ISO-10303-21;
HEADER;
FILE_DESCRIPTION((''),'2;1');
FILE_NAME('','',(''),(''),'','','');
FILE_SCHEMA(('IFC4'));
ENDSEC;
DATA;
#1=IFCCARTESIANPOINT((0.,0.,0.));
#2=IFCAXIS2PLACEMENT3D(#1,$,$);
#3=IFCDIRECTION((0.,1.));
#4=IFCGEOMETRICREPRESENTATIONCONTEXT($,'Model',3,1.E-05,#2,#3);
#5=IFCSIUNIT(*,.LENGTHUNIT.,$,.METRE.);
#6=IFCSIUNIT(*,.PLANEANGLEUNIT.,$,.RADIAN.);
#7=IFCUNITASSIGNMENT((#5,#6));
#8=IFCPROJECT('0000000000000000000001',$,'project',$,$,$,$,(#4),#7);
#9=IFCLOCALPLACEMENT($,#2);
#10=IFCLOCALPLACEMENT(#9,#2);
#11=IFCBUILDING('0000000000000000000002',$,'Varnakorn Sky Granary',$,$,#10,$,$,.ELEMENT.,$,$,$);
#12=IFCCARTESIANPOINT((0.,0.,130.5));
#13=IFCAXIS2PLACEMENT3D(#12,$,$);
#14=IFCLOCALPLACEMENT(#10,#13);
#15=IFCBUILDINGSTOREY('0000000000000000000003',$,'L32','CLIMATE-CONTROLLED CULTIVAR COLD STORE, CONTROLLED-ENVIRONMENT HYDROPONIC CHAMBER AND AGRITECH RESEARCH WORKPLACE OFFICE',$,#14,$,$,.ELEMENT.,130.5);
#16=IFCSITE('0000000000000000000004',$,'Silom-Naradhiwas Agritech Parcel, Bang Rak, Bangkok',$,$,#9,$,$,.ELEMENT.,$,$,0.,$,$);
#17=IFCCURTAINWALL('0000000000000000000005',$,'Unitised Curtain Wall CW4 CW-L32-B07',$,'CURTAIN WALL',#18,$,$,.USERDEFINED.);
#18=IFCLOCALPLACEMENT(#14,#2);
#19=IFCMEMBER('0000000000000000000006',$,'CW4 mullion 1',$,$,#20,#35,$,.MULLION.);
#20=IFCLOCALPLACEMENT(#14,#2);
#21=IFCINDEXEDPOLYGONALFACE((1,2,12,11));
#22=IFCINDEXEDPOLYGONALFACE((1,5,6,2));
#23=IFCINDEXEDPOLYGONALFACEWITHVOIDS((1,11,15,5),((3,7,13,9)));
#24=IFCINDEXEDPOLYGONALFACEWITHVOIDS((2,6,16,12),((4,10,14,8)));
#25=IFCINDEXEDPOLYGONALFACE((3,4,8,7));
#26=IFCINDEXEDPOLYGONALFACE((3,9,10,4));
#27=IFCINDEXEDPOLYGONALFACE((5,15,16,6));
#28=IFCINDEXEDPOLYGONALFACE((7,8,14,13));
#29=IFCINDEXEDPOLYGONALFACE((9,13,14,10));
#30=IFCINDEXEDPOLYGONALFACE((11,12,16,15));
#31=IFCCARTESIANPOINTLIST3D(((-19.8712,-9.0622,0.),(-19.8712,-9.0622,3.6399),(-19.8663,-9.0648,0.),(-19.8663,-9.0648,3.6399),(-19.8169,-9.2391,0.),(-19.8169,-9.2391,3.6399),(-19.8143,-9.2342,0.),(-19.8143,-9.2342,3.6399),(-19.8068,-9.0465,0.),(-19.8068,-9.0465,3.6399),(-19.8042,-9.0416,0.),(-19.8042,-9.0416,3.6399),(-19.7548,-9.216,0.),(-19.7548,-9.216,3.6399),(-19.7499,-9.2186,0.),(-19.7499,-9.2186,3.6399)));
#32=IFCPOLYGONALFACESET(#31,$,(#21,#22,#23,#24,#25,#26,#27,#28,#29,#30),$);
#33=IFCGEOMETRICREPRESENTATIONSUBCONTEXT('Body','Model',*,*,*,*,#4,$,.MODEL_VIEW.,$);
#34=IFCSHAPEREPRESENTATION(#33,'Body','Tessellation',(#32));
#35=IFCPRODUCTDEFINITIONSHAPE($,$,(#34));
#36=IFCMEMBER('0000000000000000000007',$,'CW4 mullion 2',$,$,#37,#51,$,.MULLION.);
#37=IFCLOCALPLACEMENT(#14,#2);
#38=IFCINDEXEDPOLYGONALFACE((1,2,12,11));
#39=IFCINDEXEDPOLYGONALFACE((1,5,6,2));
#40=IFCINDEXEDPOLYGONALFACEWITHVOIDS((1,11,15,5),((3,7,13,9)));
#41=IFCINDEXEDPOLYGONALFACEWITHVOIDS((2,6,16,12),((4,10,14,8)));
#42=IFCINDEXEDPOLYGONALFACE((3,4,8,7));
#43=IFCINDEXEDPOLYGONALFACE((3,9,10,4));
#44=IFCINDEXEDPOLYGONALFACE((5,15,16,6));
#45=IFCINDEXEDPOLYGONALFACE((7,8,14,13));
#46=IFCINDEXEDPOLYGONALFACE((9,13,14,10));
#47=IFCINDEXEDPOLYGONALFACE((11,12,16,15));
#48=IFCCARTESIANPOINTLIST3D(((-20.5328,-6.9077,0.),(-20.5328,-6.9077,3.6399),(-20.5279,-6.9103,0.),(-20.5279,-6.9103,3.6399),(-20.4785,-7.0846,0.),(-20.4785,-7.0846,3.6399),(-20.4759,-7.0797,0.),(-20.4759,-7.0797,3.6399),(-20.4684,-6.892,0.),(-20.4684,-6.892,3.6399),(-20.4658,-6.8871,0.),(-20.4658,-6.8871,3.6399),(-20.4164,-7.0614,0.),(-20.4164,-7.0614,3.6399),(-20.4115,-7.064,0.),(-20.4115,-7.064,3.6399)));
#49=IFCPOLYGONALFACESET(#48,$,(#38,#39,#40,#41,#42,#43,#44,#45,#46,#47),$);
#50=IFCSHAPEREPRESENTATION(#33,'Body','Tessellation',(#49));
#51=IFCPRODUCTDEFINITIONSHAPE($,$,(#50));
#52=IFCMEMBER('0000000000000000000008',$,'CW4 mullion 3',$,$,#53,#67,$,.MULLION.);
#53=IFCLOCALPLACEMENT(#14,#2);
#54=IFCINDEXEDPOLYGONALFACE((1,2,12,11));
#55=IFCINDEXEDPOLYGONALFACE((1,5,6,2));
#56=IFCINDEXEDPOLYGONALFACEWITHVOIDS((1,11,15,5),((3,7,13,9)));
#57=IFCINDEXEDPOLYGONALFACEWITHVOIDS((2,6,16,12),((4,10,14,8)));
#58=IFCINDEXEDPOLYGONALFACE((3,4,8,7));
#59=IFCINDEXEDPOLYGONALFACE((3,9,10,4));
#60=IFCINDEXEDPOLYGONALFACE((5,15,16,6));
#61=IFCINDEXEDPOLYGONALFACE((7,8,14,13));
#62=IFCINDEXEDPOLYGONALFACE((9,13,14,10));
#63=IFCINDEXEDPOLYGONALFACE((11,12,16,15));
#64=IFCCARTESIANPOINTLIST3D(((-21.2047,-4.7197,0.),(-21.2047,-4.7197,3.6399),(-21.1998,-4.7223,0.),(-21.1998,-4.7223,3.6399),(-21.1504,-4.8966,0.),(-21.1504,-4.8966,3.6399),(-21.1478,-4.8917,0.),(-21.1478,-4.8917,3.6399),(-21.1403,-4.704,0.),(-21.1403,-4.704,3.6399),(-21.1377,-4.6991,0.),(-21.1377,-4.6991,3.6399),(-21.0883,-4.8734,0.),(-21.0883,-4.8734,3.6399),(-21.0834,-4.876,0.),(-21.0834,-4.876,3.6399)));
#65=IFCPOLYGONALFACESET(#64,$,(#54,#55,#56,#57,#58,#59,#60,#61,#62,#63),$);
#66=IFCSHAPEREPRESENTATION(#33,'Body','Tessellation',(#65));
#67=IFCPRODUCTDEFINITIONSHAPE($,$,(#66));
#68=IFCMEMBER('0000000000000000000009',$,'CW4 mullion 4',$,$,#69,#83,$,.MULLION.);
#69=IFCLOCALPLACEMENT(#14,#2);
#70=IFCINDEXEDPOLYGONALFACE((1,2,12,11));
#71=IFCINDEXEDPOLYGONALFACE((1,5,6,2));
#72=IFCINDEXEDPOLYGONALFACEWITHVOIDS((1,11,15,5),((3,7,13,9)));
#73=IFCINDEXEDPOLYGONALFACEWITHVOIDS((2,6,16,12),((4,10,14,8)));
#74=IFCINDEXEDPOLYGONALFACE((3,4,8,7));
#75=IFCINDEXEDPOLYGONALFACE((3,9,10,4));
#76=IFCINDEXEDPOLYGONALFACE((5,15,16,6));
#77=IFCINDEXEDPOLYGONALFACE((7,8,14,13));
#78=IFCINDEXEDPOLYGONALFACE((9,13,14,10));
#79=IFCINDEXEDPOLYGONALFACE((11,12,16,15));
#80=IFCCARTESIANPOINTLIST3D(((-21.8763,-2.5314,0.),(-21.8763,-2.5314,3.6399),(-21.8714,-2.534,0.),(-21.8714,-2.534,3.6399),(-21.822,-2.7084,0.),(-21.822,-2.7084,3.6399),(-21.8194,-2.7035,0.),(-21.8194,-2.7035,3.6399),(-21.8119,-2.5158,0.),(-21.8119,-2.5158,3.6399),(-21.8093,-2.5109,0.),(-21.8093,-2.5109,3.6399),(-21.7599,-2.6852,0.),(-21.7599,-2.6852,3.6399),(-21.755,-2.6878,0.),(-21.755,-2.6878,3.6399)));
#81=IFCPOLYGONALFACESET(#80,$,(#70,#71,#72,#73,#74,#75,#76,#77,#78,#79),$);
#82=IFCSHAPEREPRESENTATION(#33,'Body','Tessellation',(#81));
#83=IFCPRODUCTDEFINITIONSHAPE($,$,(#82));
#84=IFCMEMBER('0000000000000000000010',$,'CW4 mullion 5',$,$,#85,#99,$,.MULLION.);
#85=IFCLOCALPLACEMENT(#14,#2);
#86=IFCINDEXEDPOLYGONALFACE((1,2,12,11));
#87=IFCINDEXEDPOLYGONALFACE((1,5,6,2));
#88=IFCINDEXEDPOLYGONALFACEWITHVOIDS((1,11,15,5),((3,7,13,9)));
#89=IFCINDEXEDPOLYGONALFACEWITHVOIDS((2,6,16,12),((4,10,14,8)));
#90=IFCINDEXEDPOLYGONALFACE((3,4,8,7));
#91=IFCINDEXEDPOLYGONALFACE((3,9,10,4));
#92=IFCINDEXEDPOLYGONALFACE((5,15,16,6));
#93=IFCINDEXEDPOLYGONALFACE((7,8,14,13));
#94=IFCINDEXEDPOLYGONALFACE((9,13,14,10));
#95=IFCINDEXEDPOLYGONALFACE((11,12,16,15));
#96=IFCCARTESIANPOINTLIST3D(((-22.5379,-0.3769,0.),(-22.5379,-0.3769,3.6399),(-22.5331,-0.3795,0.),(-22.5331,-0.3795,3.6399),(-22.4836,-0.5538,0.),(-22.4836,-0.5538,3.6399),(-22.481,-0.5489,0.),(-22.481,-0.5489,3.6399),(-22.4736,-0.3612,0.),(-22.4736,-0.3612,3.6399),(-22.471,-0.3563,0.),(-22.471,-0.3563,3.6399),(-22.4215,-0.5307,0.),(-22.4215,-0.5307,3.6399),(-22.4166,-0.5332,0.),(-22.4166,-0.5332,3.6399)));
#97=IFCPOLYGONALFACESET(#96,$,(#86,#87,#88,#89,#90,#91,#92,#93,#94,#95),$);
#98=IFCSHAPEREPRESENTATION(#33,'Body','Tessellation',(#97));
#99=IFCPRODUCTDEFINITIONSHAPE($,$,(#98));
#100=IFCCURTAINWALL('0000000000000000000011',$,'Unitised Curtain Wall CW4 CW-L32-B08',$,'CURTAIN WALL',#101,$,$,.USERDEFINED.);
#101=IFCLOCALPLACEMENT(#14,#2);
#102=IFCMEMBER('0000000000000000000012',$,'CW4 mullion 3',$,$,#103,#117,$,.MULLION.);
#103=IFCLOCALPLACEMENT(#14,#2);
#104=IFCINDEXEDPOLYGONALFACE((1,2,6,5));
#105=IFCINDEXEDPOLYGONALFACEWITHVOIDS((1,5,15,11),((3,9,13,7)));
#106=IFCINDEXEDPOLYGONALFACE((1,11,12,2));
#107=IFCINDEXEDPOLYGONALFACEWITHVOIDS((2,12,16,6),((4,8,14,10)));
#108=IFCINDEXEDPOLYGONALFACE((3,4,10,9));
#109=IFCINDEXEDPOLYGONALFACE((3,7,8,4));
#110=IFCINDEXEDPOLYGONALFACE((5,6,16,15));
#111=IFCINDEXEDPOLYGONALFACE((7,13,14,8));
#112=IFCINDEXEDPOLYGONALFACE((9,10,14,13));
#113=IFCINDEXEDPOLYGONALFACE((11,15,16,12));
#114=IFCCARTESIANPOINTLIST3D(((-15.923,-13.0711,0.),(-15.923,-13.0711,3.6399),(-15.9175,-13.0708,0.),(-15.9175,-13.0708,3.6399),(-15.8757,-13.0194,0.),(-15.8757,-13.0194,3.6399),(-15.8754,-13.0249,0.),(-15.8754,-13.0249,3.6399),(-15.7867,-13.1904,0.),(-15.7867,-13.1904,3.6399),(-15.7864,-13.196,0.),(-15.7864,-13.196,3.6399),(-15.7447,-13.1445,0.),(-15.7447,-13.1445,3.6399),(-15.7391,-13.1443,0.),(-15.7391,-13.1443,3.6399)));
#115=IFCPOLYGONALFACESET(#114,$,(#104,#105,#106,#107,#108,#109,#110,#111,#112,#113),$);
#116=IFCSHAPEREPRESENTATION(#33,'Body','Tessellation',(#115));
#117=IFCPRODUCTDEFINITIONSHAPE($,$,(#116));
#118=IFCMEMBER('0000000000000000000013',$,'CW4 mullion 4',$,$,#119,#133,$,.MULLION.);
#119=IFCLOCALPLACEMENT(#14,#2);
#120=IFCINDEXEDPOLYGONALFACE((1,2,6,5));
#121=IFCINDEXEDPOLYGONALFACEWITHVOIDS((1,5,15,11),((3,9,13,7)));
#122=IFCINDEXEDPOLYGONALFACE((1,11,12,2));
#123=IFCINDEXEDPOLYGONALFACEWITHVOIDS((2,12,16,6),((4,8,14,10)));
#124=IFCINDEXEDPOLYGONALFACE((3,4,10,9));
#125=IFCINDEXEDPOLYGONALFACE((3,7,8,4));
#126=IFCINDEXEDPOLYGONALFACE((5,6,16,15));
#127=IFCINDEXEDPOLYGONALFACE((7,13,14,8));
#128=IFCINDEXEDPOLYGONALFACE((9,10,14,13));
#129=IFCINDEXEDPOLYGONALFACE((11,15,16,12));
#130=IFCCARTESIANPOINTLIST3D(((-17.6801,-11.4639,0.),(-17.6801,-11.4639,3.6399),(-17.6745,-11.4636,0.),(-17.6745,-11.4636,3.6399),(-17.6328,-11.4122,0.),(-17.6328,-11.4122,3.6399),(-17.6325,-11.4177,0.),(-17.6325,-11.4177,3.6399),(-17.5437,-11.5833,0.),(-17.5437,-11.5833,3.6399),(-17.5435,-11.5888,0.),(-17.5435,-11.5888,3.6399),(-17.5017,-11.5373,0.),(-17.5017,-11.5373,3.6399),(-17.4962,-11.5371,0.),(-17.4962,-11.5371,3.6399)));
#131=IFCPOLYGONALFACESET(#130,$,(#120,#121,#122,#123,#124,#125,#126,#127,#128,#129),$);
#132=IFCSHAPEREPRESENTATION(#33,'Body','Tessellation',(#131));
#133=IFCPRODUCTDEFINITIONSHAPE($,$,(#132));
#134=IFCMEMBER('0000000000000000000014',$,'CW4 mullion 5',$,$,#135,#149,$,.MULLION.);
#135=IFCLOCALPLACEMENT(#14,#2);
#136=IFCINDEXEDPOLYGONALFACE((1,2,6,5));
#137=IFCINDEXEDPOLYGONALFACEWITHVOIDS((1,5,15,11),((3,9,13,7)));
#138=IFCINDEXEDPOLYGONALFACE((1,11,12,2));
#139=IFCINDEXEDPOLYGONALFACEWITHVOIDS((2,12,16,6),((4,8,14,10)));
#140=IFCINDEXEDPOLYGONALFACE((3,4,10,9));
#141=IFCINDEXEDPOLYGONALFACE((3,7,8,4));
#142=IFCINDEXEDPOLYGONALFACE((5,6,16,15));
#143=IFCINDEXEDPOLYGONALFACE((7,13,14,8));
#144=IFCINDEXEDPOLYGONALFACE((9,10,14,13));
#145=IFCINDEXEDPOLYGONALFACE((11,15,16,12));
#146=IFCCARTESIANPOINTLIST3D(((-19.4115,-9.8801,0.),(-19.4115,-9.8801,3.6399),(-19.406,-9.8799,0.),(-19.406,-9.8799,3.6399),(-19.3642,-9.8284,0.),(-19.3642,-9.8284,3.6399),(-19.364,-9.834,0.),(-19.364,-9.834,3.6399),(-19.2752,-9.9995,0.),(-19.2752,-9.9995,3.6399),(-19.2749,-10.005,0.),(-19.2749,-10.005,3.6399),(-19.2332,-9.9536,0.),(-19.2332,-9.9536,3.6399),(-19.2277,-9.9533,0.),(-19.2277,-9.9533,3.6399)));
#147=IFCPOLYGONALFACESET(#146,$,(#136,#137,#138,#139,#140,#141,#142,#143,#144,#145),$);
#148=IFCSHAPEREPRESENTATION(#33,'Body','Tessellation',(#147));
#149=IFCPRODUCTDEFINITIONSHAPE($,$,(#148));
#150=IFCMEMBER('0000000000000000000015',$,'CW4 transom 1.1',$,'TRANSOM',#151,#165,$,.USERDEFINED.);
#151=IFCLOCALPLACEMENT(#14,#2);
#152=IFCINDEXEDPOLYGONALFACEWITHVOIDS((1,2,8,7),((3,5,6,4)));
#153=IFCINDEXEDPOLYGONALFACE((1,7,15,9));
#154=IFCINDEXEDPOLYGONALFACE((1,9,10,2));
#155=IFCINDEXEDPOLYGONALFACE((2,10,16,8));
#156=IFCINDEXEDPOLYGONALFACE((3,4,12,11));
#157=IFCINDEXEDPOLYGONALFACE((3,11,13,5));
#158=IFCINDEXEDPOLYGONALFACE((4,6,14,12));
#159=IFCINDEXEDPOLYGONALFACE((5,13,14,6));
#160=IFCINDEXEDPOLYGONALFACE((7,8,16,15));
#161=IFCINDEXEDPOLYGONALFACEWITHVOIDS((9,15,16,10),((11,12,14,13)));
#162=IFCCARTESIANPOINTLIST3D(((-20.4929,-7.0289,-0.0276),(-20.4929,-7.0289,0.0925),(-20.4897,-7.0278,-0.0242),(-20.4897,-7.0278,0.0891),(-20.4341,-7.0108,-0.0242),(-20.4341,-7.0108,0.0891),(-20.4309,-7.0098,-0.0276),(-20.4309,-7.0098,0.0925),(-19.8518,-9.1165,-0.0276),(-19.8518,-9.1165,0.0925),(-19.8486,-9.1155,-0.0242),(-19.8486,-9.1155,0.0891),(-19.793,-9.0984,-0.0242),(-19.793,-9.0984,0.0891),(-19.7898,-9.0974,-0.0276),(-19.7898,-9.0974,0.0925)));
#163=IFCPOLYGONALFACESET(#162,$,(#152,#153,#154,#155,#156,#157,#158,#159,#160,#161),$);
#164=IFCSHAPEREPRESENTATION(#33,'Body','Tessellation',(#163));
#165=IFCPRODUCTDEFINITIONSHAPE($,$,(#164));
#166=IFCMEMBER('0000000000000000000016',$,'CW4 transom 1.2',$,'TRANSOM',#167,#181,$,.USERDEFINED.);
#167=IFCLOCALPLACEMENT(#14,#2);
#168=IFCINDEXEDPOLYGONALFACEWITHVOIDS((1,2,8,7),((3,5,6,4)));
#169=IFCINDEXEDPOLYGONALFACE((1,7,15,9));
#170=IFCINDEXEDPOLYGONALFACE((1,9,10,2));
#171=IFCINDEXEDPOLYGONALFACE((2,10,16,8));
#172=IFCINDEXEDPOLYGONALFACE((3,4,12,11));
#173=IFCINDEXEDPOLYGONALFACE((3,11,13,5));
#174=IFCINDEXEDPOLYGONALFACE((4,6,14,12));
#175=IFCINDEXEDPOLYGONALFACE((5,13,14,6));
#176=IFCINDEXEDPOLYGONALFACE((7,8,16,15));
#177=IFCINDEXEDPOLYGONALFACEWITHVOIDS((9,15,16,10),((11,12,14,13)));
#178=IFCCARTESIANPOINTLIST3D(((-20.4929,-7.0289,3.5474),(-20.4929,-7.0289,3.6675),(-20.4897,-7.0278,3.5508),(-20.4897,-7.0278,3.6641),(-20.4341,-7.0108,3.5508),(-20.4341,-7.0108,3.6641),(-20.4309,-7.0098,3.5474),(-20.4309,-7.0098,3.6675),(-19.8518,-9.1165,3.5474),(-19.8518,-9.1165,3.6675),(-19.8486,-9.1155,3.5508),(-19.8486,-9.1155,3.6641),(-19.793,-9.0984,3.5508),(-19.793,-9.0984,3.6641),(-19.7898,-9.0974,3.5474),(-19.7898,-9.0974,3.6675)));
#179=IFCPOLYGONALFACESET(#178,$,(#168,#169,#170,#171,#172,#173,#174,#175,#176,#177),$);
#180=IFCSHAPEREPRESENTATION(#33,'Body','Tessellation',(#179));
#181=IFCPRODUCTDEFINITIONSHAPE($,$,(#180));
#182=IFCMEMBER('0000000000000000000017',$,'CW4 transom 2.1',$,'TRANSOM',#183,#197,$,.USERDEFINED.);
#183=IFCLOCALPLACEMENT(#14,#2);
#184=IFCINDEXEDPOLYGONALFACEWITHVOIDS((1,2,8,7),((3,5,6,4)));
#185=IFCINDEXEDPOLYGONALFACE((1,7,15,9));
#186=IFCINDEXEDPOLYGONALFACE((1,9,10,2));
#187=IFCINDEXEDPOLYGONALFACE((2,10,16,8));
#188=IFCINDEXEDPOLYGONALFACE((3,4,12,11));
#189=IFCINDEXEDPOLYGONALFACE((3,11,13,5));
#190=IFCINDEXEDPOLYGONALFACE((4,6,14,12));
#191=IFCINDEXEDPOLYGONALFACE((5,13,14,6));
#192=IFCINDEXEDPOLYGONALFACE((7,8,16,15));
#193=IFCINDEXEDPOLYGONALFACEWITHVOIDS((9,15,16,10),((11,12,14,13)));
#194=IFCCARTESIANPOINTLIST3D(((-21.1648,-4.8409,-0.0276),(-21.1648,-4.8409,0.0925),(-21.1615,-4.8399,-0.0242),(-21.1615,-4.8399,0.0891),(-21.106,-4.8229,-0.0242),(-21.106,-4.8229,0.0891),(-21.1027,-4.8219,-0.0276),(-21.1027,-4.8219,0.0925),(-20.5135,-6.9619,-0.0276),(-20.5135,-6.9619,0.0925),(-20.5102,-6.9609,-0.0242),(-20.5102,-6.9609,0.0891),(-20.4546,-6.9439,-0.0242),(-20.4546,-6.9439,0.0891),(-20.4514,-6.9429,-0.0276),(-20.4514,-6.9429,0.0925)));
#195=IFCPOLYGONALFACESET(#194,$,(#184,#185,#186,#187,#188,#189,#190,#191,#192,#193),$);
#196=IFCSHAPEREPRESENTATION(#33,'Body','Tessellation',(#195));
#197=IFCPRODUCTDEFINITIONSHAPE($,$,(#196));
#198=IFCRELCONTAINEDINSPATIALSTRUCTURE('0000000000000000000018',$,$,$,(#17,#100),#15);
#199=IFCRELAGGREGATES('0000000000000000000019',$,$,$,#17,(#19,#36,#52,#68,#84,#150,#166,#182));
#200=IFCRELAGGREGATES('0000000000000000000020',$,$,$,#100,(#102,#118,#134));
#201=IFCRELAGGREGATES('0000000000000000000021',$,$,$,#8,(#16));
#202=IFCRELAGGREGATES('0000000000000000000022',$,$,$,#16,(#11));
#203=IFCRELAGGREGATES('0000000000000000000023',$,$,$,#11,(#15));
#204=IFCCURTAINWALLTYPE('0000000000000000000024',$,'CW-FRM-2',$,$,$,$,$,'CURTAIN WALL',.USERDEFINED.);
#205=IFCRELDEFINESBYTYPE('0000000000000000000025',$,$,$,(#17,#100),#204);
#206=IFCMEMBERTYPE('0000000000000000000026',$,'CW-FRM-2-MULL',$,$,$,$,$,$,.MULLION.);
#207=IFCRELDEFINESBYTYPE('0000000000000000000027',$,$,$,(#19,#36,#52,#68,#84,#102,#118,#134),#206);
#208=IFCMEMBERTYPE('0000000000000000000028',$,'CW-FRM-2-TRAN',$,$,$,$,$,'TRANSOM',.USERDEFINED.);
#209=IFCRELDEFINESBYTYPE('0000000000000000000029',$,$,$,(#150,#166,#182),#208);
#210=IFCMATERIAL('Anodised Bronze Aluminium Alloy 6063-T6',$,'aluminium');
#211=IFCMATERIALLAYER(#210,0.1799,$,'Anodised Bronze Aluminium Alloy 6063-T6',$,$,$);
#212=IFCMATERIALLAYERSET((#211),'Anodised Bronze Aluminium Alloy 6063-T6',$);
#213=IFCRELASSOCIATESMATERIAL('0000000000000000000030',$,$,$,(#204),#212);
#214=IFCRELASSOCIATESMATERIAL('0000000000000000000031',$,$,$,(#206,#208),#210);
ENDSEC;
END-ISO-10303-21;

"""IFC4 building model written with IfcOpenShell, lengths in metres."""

from ifc_helpers import new_model, si_unit, direction, frame, origin, origin_2d, place, context, subcontext, project, spatial, hollow_rectangle, extrude, material, layer, layer_set, material_profile, profile_set, type_object, element, aggregate, save


model = new_model("IFC4")

# Units and contexts
model_context = context("Model", 3, precision=1e-05, world=origin(), true_north=direction((0.0, 1.0)))
body_context = subcontext(model_context, "Body", "Model", "MODEL_VIEW")
ifc_project = project(units=[si_unit("LENGTHUNIT", "METRE"), si_unit("PLANEANGLEUNIT", "RADIAN")], contexts=[model_context])

# Site, building, storey
site_placement = place(None, origin())
site = spatial("IfcSite", under=ifc_project, at=site_placement, Name="Silom-Naradhiwas Agritech Parcel, Bang Rak, Bangkok", CompositionType="ELEMENT", RefElevation=0.0)
building_placement = place(site_placement, origin())
building = spatial("IfcBuilding", under=site, at=building_placement, Name="Varnakorn Sky Granary", CompositionType="ELEMENT")
storey_placement = place(building_placement, frame((0.0, 0.0, 130.5)))
storey = spatial("IfcBuildingStorey", under=building, at=storey_placement, Name="L32", Description="CLIMATE-CONTROLLED CULTIVAR COLD STORE, CONTROLLED-ENVIRONMENT HYDROPONIC CHAMBER AND AGRITECH RESEARCH WORKPLACE OFFICE", CompositionType="ELEMENT", Elevation=130.5)

# Curtain walls, members
ifc_material_1 = material(Name="Anodised Bronze Aluminium Alloy 6063-T6", Category="aluminium")
ifc_layer_1 = layer(ifc_material_1, 0.1799, Name="Anodised Bronze Aluminium Alloy 6063-T6")
ifc_layer_set_1 = layer_set([ifc_layer_1], Name="Anodised Bronze Aluminium Alloy 6063-T6")
curtain_wall_type = type_object("IfcCurtainWallType", Name="CW-FRM-2", ElementType="CURTAIN WALL", PredefinedType="USERDEFINED", material=ifc_layer_set_1)
curtain_wall_1_placement = place(storey_placement, origin())
curtain_wall_1 = element("IfcCurtainWall", 1, at=curtain_wall_1_placement, inside=storey, type_object=curtain_wall_type, Name="Unitised Curtain Wall CW4 CW-L32-B07", ObjectType="CURTAIN WALL", PredefinedType="USERDEFINED")
ifc_material_profile_1 = material_profile(ifc_material_1, hollow_rectangle(XDim=0.0701, YDim=0.1851, WallThickness=0.0039, at=origin_2d()), Name="ALU MULL 70x185")
ifc_profile_set_1 = profile_set([ifc_material_profile_1], Name="Anodised Bronze Aluminium Alloy 6063-T6")
member_type_1 = type_object("IfcMemberType", Name="CW-FRM-2-MULL", PredefinedType="MULLION", material=ifc_profile_set_1)
member_1_placement = place(storey_placement, frame((-19.8105, -9.1404, 0.0), z_axis=(0.0, 0.0, 1.0), x_axis=(-0.955954, -0.293516, 0.0)))
member_1 = element("IfcMember", 2, at=member_1_placement, type_object=member_type_1, Name="CW4 mullion 1", PredefinedType="MULLION", context=body_context, shape_type="SweptSolid", body=[
    extrude(hollow_rectangle(XDim=0.0701, YDim=0.1851, WallThickness=0.0039, at=origin_2d()), origin(), (0.0, 0.0, 1.0), 3.6399),
])
member_2_placement = place(storey_placement, frame((-20.4722, -6.9858, 0.0), z_axis=(0.0, 0.0, 1.0), x_axis=(-0.955954, -0.293516, 0.0)))
member_2 = element("IfcMember", 3, at=member_2_placement, type_object=member_type_1, Name="CW4 mullion 2", PredefinedType="MULLION", context=body_context, shape_type="SweptSolid", body=[
    extrude(hollow_rectangle(XDim=0.0701, YDim=0.1851, WallThickness=0.0039, at=origin_2d()), origin(), (0.0, 0.0, 1.0), 3.6399),
])
member_3_placement = place(storey_placement, frame((-21.144, -4.7979, 0.0), z_axis=(0.0, 0.0, 1.0), x_axis=(-0.955954, -0.293516, 0.0)))
member_3 = element("IfcMember", 4, at=member_3_placement, type_object=member_type_1, Name="CW4 mullion 3", PredefinedType="MULLION", context=body_context, shape_type="SweptSolid", body=[
    extrude(hollow_rectangle(XDim=0.0701, YDim=0.1851, WallThickness=0.0039, at=origin_2d()), origin(), (0.0, 0.0, 1.0), 3.6399),
])
member_4_placement = place(storey_placement, frame((-21.8157, -2.6096, 0.0), z_axis=(0.0, 0.0, 1.0), x_axis=(-0.955954, -0.293516, 0.0)))
member_4 = element("IfcMember", 5, at=member_4_placement, type_object=member_type_1, Name="CW4 mullion 4", PredefinedType="MULLION", context=body_context, shape_type="SweptSolid", body=[
    extrude(hollow_rectangle(XDim=0.0701, YDim=0.1851, WallThickness=0.0039, at=origin_2d()), origin(), (0.0, 0.0, 1.0), 3.6399),
])
member_5_placement = place(storey_placement, frame((-22.4773, -0.4551, 0.0), z_axis=(0.0, 0.0, 1.0), x_axis=(-0.955954, -0.293516, 0.0)))
member_5 = element("IfcMember", 6, at=member_5_placement, type_object=member_type_1, Name="CW4 mullion 5", PredefinedType="MULLION", context=body_context, shape_type="SweptSolid", body=[
    extrude(hollow_rectangle(XDim=0.0701, YDim=0.1851, WallThickness=0.0039, at=origin_2d()), origin(), (0.0, 0.0, 1.0), 3.6399),
])
curtain_wall_2_placement = place(storey_placement, origin())
curtain_wall_2 = element("IfcCurtainWall", 7, at=curtain_wall_2_placement, inside=storey, type_object=curtain_wall_type, Name="Unitised Curtain Wall CW4 CW-L32-B08", ObjectType="CURTAIN WALL", PredefinedType="USERDEFINED")
member_6_placement = place(storey_placement, frame((-15.8311, -13.1077, 0.0), z_axis=(0.0, 0.0, 1.0), x_axis=(-0.674918, -0.737893, 0.0)))
member_6 = element("IfcMember", 8, at=member_6_placement, type_object=member_type_1, Name="CW4 mullion 3", PredefinedType="MULLION", context=body_context, shape_type="SweptSolid", body=[
    extrude(hollow_rectangle(XDim=0.0701, YDim=0.1851, WallThickness=0.0039, at=origin_2d()), origin(), (0.0, 0.0, 1.0), 3.6399),
])
member_7_placement = place(storey_placement, frame((-17.5881, -11.5005, 0.0), z_axis=(0.0, 0.0, 1.0), x_axis=(-0.674918, -0.737893, 0.0)))
member_7 = element("IfcMember", 9, at=member_7_placement, type_object=member_type_1, Name="CW4 mullion 4", PredefinedType="MULLION", context=body_context, shape_type="SweptSolid", body=[
    extrude(hollow_rectangle(XDim=0.0701, YDim=0.1851, WallThickness=0.0039, at=origin_2d()), origin(), (0.0, 0.0, 1.0), 3.6399),
])
member_8_placement = place(storey_placement, frame((-19.3196, -9.9167, 0.0), z_axis=(0.0, 0.0, 1.0), x_axis=(-0.674918, -0.737893, 0.0)))
member_8 = element("IfcMember", 10, at=member_8_placement, type_object=member_type_1, Name="CW4 mullion 5", PredefinedType="MULLION", context=body_context, shape_type="SweptSolid", body=[
    extrude(hollow_rectangle(XDim=0.0701, YDim=0.1851, WallThickness=0.0039, at=origin_2d()), origin(), (0.0, 0.0, 1.0), 3.6399),
])

# Members
ifc_material_profile_2 = material_profile(ifc_material_1, hollow_rectangle(XDim=0.0649, YDim=0.1201, WallThickness=0.0034, at=origin_2d()), Name="ALU TRAN 65x120")
ifc_profile_set_2 = profile_set([ifc_material_profile_2], Name="Anodised Bronze Aluminium Alloy 6063-T6")
member_type_2 = type_object("IfcMemberType", Name="CW-FRM-2-TRAN", ElementType="TRANSOM", PredefinedType="USERDEFINED", material=ifc_profile_set_2)
member_9_placement = place(storey_placement, frame((-19.8208, -9.1069, 0.0325), z_axis=(-0.293567, 0.955938, 0.0), x_axis=(-0.955938, -0.293567, 0.0)))
member_9 = element("IfcMember", 11, at=member_9_placement, type_object=member_type_2, Name="CW4 transom 1.1", ObjectType="TRANSOM", PredefinedType="USERDEFINED", context=body_context, shape_type="SweptSolid", body=[
    extrude(hollow_rectangle(XDim=0.0649, YDim=0.1201, WallThickness=0.0034, at=origin_2d()), origin(), (0.0, 0.0, 1.0), 2.1838),
])
member_10_placement = place(storey_placement, frame((-19.8208, -9.1069, 3.6074), z_axis=(-0.293567, 0.955938, 0.0), x_axis=(-0.955938, -0.293567, 0.0)))
member_10 = element("IfcMember", 12, at=member_10_placement, type_object=member_type_2, Name="CW4 transom 1.2", ObjectType="TRANSOM", PredefinedType="USERDEFINED", context=body_context, shape_type="SweptSolid", body=[
    extrude(hollow_rectangle(XDim=0.0649, YDim=0.1201, WallThickness=0.0034, at=origin_2d()), origin(), (0.0, 0.0, 1.0), 2.1838),
])
member_11_placement = place(storey_placement, frame((-20.4824, -6.9524, 0.0325), z_axis=(-0.29356, 0.955941, 0.0), x_axis=(-0.955941, -0.29356, 0.0)))
member_11 = element("IfcMember", 13, at=member_11_placement, type_object=member_type_2, Name="CW4 transom 2.1", ObjectType="TRANSOM", PredefinedType="USERDEFINED", context=body_context, shape_type="SweptSolid", body=[
    extrude(hollow_rectangle(XDim=0.0649, YDim=0.1201, WallThickness=0.0034, at=origin_2d()), origin(), (0.0, 0.0, 1.0), 2.2188),
])

aggregate(curtain_wall_1, [member_1, member_2, member_3, member_4, member_5, member_9, member_10, member_11])
aggregate(curtain_wall_2, [member_6, member_7, member_8])

save(model, "model.ifc")
